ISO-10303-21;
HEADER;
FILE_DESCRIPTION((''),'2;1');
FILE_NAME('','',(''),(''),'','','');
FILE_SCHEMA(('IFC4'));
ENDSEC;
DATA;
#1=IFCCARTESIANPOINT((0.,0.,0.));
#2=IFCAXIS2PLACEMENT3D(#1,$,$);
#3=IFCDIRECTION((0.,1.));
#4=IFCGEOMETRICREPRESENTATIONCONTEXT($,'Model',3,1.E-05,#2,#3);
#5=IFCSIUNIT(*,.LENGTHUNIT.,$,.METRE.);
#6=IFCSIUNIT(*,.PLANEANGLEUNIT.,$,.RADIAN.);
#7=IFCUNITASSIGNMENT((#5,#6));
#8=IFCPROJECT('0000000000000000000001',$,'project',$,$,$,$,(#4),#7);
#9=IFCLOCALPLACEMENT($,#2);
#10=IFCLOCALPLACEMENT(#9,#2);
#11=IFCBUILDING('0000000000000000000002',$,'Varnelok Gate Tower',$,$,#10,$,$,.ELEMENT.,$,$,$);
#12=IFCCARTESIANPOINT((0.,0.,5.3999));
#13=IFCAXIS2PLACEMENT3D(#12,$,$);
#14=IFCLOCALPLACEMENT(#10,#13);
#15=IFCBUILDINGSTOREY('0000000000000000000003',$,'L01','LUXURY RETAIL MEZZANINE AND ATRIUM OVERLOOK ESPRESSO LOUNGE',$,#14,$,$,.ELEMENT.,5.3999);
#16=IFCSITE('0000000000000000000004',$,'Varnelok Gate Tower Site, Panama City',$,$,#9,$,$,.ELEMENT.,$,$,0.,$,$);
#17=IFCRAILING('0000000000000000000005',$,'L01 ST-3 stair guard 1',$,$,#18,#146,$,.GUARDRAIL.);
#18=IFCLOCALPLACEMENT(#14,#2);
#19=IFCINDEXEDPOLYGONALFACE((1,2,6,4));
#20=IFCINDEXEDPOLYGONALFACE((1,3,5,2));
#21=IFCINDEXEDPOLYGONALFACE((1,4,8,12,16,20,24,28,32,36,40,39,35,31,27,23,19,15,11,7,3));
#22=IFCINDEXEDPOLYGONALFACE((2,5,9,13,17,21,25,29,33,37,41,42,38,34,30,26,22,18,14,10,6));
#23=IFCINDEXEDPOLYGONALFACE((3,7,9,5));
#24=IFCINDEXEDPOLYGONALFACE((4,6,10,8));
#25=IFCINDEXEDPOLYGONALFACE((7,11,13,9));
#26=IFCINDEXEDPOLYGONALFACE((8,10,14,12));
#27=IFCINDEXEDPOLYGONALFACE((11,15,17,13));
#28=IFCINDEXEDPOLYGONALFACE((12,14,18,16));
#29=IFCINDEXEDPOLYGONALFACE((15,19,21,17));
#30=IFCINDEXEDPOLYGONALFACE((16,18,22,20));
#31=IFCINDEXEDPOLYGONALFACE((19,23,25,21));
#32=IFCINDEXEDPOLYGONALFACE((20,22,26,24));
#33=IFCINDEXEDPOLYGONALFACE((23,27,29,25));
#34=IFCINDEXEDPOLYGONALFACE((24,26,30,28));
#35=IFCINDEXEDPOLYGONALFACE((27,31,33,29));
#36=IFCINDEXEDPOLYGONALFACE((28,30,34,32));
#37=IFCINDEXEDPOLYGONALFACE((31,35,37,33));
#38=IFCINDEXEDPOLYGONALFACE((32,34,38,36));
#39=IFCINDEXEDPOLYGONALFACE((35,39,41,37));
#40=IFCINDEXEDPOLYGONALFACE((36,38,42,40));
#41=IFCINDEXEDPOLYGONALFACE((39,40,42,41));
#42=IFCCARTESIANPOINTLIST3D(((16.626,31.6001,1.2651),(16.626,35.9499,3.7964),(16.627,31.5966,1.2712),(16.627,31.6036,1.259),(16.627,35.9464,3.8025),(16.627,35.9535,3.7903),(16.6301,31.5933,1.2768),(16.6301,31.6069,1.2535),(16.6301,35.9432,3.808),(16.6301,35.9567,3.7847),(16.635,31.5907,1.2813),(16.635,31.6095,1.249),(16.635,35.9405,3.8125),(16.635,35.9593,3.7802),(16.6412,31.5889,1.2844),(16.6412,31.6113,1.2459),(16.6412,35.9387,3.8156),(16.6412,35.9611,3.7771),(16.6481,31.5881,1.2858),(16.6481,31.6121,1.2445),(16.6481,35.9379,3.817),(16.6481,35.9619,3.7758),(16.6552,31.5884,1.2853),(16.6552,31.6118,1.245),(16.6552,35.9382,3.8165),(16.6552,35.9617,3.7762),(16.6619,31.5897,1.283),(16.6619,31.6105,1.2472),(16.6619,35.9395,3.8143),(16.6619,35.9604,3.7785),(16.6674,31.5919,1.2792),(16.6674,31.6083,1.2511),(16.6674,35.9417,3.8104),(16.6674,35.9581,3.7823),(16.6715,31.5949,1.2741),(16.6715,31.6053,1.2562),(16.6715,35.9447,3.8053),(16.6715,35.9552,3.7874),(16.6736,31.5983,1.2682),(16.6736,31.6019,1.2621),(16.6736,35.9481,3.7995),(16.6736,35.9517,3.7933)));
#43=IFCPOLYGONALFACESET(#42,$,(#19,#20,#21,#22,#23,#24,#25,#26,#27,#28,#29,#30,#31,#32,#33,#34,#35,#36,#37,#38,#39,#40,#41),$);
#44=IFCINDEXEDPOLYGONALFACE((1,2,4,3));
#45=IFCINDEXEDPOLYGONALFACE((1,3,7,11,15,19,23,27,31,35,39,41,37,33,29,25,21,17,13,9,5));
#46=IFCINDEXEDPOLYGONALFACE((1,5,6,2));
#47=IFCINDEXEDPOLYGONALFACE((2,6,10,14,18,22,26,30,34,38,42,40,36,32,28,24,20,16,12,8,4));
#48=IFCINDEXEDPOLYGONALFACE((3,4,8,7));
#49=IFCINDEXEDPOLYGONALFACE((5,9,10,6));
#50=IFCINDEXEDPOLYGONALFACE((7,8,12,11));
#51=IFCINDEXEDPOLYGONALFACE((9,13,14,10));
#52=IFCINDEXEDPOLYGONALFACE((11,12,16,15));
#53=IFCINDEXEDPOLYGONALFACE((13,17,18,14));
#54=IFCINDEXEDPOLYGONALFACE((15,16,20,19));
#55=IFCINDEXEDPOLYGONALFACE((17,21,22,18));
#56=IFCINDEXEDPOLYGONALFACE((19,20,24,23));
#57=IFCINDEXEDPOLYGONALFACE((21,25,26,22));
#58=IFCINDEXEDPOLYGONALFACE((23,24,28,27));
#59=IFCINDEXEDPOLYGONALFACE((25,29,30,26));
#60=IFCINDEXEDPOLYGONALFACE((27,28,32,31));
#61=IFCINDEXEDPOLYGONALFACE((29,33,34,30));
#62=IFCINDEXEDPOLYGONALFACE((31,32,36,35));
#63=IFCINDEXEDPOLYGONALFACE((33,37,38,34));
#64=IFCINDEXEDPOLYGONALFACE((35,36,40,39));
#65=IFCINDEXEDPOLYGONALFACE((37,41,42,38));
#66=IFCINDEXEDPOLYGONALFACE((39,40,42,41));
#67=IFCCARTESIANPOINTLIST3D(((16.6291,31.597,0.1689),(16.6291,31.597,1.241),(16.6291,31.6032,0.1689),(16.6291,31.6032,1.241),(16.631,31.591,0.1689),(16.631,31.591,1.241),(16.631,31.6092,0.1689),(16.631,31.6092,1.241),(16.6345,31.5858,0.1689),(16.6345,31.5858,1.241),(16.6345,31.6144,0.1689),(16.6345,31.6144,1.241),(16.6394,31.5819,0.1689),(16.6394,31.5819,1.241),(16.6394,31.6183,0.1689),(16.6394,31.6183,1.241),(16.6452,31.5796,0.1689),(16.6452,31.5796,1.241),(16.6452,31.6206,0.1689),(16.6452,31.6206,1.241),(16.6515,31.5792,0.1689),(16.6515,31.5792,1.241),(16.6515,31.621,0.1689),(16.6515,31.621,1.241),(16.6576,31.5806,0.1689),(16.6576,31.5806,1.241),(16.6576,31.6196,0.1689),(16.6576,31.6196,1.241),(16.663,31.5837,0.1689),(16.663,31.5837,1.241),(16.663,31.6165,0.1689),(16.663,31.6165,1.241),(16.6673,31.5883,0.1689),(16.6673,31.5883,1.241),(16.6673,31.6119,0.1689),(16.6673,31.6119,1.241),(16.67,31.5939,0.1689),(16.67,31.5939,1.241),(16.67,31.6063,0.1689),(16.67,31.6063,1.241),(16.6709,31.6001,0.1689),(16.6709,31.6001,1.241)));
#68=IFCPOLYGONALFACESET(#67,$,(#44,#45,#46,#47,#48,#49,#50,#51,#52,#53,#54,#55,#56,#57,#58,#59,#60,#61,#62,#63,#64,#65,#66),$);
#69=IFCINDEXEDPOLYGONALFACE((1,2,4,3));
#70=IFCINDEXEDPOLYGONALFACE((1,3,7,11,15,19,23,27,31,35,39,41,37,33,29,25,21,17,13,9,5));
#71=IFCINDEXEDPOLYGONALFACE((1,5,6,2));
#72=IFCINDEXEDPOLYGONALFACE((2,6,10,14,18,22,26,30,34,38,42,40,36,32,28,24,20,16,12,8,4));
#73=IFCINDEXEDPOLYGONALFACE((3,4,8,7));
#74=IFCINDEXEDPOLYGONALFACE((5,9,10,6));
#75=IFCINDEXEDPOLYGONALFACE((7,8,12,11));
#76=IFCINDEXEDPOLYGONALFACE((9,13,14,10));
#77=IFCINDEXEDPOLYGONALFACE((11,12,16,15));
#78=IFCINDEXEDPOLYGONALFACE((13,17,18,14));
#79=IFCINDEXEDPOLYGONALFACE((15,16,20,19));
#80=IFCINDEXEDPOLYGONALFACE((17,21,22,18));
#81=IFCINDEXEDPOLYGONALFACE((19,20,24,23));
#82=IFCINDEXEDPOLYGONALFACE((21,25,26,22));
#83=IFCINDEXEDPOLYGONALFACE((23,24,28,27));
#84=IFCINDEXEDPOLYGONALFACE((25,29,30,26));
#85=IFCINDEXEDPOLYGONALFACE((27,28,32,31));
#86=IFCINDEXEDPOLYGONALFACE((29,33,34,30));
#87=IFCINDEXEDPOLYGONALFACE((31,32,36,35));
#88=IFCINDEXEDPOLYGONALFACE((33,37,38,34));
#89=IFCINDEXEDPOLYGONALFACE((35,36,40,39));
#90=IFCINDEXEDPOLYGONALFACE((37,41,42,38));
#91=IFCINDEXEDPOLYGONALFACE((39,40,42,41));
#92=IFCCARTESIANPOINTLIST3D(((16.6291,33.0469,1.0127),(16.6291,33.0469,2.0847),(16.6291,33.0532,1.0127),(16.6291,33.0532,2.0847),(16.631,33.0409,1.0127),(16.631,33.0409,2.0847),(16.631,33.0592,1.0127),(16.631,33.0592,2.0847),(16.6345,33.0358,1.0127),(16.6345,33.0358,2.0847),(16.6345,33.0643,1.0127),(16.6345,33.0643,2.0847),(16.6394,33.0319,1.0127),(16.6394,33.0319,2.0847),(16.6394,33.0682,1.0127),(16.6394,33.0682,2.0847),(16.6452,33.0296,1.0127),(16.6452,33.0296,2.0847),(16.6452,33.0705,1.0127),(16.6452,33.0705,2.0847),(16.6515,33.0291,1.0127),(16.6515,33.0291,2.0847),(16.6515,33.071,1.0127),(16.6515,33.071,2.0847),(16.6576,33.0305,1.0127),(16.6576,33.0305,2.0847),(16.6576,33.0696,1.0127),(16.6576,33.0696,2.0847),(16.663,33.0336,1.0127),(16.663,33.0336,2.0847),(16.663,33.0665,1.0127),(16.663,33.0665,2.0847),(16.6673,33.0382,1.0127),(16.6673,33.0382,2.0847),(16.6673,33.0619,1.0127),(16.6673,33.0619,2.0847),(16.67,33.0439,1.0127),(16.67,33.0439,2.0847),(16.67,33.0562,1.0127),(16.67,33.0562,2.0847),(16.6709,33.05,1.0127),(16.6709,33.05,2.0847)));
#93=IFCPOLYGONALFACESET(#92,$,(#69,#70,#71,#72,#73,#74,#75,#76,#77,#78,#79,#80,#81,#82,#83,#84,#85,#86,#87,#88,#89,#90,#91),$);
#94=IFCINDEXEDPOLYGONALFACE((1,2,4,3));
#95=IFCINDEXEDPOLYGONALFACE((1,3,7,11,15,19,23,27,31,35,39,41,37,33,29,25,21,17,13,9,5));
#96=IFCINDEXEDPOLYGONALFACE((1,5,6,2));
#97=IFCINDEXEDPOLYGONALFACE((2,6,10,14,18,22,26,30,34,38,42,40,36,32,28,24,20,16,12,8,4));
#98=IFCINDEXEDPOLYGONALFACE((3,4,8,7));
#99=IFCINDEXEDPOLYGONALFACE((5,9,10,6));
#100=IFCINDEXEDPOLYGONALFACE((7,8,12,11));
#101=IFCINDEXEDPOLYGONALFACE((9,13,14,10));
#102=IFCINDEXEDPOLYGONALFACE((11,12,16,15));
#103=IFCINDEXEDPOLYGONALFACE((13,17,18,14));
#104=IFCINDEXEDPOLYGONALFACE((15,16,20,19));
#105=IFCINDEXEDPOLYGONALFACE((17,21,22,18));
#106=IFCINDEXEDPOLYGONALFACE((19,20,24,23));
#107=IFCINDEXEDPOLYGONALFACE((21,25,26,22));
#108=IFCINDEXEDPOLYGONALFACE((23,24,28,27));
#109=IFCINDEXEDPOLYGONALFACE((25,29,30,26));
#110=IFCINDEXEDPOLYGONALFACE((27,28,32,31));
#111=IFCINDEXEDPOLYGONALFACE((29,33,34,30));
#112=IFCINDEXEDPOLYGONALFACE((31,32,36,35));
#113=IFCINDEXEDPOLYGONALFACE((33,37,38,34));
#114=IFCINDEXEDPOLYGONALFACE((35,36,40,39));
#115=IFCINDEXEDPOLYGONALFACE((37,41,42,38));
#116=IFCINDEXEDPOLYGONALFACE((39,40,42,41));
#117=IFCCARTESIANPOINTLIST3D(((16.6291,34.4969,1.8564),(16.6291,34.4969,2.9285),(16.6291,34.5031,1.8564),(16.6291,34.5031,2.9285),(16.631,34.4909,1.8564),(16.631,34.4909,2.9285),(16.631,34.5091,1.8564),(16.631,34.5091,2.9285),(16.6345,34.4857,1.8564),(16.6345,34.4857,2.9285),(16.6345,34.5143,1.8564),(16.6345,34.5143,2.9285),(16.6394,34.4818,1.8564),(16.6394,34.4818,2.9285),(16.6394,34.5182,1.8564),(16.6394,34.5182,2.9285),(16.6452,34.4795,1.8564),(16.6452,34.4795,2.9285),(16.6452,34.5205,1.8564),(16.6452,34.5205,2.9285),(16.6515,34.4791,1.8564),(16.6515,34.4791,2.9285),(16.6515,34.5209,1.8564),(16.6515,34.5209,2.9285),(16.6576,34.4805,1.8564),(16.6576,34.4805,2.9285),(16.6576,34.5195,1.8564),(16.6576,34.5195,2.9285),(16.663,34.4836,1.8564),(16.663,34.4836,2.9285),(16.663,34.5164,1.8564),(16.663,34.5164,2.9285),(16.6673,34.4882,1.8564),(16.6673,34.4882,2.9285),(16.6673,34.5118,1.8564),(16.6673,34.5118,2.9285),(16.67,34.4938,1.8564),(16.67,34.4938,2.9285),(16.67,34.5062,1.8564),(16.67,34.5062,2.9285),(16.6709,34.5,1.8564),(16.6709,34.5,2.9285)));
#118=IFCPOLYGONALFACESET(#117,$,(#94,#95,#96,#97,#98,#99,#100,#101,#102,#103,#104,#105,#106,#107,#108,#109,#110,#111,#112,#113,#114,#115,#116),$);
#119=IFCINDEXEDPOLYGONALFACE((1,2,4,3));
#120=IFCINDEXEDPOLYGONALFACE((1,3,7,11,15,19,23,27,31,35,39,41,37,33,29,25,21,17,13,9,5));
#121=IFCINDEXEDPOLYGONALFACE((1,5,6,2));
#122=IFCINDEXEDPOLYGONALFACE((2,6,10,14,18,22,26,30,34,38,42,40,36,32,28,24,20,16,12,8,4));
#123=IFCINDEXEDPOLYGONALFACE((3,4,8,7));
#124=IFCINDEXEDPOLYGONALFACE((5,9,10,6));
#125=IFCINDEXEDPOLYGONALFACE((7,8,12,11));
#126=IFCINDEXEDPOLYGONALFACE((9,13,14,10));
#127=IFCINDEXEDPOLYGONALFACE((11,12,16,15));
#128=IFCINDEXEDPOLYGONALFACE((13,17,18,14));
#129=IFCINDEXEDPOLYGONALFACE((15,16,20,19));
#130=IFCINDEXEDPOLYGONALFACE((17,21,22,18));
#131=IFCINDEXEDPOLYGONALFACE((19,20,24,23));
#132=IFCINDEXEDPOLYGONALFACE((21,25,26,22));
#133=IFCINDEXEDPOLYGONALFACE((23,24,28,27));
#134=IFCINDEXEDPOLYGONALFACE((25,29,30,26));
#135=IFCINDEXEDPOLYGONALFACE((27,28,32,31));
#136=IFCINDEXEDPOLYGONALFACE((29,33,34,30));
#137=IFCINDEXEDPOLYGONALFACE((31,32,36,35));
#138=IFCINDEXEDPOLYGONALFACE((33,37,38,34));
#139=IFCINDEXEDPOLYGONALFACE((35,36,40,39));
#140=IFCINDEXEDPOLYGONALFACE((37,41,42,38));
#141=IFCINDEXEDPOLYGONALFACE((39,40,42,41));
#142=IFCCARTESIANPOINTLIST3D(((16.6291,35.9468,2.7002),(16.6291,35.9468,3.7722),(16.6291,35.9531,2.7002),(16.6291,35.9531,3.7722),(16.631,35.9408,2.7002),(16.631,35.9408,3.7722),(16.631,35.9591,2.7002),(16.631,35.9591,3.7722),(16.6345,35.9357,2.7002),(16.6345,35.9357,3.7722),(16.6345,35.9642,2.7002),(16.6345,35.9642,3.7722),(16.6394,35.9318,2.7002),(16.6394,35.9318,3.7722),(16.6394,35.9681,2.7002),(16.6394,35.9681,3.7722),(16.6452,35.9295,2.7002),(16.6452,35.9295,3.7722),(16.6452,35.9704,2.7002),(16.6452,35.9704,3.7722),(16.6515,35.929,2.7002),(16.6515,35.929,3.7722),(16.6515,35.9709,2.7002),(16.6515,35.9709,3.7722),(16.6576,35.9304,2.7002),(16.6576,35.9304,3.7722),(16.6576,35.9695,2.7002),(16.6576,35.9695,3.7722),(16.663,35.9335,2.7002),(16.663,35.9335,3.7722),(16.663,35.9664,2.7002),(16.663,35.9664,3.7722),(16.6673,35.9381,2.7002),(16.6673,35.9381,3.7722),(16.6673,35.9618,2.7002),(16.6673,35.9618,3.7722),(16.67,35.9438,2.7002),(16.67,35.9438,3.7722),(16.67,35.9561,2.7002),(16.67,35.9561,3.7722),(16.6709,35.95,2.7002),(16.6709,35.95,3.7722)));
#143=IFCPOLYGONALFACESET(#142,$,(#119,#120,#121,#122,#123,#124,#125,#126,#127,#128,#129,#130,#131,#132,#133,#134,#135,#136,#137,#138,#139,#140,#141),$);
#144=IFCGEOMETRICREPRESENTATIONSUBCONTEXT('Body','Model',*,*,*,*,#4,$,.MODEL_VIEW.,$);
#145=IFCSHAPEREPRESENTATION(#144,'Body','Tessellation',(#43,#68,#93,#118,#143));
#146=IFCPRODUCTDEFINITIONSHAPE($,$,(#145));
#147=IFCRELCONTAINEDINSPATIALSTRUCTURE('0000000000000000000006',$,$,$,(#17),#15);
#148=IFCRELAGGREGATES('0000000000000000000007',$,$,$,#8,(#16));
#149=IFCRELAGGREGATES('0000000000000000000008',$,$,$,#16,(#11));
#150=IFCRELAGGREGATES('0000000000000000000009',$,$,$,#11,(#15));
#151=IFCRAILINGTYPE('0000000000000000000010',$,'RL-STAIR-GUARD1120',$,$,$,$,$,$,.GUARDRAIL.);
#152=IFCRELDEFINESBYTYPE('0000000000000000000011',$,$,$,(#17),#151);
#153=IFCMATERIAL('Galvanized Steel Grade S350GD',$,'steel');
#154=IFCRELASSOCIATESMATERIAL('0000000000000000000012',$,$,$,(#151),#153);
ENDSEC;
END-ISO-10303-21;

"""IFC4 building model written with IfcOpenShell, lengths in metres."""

from ifc_helpers import new_model, si_unit, direction, frame, origin, origin_2d, place, context, subcontext, project, spatial, circle, extrude, material, type_object, element, save


model = new_model("IFC4")

# Units and contexts
model_context = context("Model", 3, precision=1e-05, world=origin(), true_north=direction((0.0, 1.0)))
body_context = subcontext(model_context, "Body", "Model", "MODEL_VIEW")
ifc_project = project(units=[si_unit("LENGTHUNIT", "METRE"), si_unit("PLANEANGLEUNIT", "RADIAN")], contexts=[model_context])

# Site, building, storey
site_placement = place(None, origin())
site = spatial("IfcSite", under=ifc_project, at=site_placement, Name="Varnelok Gate Tower Site, Panama City", CompositionType="ELEMENT", RefElevation=0.0)
building_placement = place(site_placement, origin())
building = spatial("IfcBuilding", under=site, at=building_placement, Name="Varnelok Gate Tower", CompositionType="ELEMENT")
storey_placement = place(building_placement, frame((0.0, 0.0, 5.3999)))
storey = spatial("IfcBuildingStorey", under=building, at=storey_placement, Name="L01", Description="LUXURY RETAIL MEZZANINE AND ATRIUM OVERLOOK ESPRESSO LOUNGE", CompositionType="ELEMENT", Elevation=5.3999)

# Shared definitions
ifc_material_1 = material(Name="Galvanized Steel Grade S350GD", Category="steel")

# Railing
railing_type_1 = type_object("IfcRailingType", Name="RL-STAIR-GUARD1120", PredefinedType="GUARDRAIL", material=ifc_material_1)
railing_1_placement = place(storey_placement, frame((16.6499, 31.6001, 0.1689)))
element("IfcRailing", 1, at=railing_1_placement, inside=storey, type_object=railing_type_1, Name="L01 ST-3 stair guard 1", PredefinedType="GUARDRAIL", context=body_context, shape_type="SweptSolid", body=[
    extrude(circle(Radius=0.0239, at=origin_2d()), frame((0.0, 0.0, 1.0962), z_axis=(0.0, 0.864312, 0.502957), x_axis=(-1.0, 0.0, 0.0)), (0.0, 0.0, 1.0), 5.0327),
    extrude(circle(Radius=0.021, at=origin_2d()), origin(), (0.0, 0.0, 1.0), 1.072),
    extrude(circle(Radius=0.021, at=origin_2d()), frame((0.0, 1.45, 0.8438)), (0.0, 0.0, 1.0), 1.072),
    extrude(circle(Radius=0.021, at=origin_2d()), frame((0.0, 2.8999, 1.6875)), (0.0, 0.0, 1.0), 1.072),
    extrude(circle(Radius=0.021, at=origin_2d()), frame((0.0, 4.3499, 2.5312)), (0.0, 0.0, 1.0), 1.072),
])

save(model, "model.ifc")
